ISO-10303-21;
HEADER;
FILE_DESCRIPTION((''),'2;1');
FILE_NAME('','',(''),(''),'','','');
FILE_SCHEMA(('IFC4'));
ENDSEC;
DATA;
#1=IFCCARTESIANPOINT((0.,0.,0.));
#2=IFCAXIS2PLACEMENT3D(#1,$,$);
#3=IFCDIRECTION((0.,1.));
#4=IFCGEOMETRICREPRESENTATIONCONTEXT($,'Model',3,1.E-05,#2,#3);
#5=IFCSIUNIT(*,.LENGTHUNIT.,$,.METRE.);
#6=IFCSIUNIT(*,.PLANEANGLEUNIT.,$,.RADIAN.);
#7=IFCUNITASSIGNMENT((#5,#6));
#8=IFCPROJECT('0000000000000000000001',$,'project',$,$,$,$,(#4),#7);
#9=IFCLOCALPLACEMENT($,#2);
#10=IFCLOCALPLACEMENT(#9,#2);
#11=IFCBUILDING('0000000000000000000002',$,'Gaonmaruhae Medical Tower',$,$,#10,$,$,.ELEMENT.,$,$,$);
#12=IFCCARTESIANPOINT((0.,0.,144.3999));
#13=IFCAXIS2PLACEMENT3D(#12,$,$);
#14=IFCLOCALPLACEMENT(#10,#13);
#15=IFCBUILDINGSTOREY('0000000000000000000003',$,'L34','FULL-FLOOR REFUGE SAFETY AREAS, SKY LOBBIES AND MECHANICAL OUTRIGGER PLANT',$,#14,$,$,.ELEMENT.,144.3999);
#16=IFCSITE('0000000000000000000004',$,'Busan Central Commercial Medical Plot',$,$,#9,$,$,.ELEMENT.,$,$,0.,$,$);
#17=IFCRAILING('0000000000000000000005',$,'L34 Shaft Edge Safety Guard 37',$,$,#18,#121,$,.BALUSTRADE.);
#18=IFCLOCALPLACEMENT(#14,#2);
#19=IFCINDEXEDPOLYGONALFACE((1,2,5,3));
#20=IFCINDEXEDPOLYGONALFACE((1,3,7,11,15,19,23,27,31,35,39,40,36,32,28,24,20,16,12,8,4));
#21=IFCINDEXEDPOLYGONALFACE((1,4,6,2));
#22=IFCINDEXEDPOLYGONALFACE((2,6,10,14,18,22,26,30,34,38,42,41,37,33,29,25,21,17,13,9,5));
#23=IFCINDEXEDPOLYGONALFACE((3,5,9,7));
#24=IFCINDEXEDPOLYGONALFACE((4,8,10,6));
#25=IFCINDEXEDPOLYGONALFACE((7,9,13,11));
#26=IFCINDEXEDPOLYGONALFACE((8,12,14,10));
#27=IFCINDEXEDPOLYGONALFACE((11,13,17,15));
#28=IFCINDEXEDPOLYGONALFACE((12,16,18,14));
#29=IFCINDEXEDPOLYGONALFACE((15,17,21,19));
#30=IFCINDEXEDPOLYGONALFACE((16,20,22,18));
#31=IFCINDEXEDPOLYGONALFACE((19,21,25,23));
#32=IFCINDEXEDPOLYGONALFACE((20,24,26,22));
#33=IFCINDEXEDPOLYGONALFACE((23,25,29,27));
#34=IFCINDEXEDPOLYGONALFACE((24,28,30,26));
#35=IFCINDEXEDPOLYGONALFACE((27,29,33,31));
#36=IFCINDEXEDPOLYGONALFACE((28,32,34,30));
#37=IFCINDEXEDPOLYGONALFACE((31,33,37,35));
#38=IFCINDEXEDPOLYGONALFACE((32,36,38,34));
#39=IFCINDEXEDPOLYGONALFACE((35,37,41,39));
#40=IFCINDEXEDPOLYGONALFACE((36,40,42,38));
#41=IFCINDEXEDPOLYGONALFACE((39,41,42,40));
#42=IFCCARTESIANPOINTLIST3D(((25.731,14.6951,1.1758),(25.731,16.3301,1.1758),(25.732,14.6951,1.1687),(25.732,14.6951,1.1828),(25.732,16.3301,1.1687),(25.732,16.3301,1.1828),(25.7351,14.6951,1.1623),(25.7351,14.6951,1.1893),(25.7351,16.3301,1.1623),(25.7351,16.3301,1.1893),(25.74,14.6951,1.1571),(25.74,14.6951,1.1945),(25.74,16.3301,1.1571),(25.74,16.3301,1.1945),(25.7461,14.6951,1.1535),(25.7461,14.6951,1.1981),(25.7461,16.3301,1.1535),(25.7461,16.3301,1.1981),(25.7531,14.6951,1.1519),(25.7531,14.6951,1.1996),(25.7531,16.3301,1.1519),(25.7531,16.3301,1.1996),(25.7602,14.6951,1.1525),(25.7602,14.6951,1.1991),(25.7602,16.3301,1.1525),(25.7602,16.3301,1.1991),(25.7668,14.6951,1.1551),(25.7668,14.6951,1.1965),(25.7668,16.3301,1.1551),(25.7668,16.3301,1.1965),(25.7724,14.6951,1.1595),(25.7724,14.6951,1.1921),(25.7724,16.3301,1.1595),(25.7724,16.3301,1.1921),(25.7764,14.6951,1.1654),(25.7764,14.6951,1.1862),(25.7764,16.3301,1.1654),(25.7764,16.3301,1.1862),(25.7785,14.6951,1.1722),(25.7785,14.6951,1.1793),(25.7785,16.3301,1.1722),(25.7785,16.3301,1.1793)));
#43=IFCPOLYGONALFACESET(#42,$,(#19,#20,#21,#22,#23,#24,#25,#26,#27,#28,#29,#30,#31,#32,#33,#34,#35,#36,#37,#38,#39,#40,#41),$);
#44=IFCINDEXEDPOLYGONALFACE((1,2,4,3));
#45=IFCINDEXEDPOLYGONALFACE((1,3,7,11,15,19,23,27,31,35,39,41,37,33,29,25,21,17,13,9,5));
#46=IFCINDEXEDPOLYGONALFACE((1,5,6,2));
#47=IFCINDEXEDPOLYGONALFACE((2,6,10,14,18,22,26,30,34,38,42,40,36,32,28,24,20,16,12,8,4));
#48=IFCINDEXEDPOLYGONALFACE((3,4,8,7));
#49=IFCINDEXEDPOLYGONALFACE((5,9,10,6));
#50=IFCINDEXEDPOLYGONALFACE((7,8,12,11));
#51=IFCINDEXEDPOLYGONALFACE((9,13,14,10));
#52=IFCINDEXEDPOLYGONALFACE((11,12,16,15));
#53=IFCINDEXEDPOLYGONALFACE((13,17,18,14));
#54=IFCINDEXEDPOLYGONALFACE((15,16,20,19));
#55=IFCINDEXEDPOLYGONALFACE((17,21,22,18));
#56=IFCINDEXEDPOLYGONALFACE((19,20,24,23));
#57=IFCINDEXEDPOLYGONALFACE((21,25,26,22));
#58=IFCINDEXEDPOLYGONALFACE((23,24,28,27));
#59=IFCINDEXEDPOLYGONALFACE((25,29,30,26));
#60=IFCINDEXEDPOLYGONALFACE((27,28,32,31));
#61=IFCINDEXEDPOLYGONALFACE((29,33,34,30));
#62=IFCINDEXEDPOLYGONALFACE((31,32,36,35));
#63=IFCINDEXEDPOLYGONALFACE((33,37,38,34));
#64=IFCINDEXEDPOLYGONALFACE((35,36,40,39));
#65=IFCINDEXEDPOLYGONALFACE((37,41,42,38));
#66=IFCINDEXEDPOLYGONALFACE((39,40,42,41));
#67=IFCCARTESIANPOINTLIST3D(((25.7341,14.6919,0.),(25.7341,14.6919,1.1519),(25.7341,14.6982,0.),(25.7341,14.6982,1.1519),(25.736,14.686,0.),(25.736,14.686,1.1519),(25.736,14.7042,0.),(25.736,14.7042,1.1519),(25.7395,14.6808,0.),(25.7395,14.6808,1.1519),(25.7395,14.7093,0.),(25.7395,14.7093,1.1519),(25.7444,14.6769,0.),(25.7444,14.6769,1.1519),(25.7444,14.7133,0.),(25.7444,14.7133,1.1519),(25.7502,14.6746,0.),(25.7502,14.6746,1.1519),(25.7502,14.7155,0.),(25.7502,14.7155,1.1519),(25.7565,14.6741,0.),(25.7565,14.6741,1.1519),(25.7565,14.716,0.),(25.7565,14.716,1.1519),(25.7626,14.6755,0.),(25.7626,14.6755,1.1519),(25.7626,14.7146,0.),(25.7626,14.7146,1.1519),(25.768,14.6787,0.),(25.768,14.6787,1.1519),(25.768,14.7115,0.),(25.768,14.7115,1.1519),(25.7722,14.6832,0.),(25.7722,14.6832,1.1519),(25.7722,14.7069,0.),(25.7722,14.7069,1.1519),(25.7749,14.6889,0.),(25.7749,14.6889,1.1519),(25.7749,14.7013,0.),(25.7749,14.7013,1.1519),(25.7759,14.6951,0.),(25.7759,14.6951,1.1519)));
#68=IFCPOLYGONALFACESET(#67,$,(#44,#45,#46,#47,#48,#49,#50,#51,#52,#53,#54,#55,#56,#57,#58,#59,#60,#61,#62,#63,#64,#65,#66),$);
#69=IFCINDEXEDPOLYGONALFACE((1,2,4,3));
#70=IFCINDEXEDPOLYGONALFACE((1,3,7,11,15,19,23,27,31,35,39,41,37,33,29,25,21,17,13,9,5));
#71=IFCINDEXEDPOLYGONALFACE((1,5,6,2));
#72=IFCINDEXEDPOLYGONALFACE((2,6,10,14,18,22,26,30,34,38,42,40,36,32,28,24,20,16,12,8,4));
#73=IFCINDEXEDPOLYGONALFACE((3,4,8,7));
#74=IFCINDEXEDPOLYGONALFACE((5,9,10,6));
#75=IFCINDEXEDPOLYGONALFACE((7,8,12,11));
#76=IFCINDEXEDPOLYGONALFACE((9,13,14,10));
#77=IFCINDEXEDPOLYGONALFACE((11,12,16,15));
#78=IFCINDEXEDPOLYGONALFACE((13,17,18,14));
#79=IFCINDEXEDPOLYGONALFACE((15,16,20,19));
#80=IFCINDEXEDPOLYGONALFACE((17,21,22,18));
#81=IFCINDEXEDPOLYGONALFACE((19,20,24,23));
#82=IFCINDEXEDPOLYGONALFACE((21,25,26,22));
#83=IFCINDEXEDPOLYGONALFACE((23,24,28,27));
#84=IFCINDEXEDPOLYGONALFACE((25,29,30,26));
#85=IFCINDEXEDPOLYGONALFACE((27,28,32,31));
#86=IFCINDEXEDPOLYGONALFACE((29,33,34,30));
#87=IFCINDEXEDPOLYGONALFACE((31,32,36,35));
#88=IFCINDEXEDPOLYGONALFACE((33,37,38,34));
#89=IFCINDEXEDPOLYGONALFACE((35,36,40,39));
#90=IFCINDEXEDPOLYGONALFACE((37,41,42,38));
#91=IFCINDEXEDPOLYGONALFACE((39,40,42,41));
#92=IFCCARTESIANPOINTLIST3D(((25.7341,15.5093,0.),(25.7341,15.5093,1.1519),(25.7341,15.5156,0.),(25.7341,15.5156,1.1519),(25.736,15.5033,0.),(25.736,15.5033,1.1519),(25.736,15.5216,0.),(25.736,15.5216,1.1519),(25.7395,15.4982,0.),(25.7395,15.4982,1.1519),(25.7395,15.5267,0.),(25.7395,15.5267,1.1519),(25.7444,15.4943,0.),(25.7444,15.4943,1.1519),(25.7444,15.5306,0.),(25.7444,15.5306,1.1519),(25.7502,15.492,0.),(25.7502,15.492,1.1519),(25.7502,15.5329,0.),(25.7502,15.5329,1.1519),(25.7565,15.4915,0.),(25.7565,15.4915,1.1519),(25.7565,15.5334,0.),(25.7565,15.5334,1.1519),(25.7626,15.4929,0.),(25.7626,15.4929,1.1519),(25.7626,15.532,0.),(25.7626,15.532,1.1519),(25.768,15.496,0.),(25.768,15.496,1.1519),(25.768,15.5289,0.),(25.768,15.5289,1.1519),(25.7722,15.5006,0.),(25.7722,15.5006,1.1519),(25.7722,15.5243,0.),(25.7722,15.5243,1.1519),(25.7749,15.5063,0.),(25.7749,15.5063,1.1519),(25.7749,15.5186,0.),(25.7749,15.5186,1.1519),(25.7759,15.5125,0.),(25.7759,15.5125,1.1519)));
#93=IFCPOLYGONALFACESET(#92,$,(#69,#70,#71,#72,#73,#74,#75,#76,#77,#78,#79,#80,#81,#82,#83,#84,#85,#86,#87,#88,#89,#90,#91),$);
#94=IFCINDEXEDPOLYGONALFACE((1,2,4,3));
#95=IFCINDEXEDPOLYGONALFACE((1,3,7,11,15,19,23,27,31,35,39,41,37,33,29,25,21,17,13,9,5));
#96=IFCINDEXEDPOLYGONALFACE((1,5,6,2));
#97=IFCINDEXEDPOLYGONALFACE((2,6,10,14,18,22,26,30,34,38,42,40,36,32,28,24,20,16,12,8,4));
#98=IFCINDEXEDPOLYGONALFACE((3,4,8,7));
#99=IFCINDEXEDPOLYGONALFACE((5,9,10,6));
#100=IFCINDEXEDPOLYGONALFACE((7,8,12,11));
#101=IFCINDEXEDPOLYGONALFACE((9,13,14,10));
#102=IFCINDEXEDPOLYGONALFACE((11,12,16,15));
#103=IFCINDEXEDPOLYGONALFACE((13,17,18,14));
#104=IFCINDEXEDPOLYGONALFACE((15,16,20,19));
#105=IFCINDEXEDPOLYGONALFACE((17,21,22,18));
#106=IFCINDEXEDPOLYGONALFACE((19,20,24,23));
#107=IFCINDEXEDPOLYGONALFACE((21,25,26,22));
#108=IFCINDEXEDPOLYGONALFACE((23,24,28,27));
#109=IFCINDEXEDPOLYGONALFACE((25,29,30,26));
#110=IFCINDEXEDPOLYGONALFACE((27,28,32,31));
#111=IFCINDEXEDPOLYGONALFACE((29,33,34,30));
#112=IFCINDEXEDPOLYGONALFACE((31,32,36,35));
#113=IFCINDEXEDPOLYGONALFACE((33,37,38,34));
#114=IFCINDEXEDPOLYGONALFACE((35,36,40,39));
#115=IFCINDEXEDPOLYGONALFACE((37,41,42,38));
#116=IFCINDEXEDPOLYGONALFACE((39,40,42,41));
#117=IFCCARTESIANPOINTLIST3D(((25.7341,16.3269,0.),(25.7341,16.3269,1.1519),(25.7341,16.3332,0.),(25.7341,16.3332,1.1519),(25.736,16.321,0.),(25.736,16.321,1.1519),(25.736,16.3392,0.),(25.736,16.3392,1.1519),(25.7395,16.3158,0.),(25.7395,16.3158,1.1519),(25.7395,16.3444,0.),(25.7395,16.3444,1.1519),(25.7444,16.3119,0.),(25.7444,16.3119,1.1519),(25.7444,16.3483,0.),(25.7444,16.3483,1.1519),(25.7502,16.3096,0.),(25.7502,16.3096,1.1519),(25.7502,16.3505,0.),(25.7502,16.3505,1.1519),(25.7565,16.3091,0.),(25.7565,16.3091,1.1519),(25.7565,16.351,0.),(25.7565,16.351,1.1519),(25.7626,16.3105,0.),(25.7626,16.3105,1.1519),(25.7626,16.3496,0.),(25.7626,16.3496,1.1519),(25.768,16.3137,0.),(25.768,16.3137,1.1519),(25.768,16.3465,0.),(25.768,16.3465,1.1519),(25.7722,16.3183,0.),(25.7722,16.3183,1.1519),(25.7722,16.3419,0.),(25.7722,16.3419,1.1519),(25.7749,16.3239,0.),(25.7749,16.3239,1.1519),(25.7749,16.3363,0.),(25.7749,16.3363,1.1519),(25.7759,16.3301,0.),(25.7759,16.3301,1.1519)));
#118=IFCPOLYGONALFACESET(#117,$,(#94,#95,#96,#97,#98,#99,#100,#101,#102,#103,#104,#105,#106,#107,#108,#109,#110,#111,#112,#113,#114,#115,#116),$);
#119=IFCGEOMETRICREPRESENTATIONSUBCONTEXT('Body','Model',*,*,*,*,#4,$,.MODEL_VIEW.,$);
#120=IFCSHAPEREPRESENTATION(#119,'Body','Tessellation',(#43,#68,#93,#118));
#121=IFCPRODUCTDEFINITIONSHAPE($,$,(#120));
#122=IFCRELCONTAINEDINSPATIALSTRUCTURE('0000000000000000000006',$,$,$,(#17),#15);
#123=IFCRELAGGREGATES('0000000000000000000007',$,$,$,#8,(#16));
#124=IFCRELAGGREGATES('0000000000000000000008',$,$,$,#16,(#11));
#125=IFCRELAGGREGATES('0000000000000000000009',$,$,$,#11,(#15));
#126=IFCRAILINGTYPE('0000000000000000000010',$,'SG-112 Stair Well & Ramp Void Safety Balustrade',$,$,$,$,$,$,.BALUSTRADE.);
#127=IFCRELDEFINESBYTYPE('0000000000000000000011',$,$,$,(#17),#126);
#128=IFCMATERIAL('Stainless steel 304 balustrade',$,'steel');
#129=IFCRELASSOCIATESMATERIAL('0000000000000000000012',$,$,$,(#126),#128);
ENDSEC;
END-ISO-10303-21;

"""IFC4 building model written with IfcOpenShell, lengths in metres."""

from ifc_helpers import new_model, si_unit, direction, frame, origin, origin_2d, place, context, subcontext, project, spatial, circle, extrude, material, type_object, element, save


model = new_model("IFC4")

# Units and contexts
model_context = context("Model", 3, precision=1e-05, world=origin(), true_north=direction((0.0, 1.0)))
body_context = subcontext(model_context, "Body", "Model", "MODEL_VIEW")
ifc_project = project(units=[si_unit("LENGTHUNIT", "METRE"), si_unit("PLANEANGLEUNIT", "RADIAN")], contexts=[model_context])

# Site, building, storey
site_placement = place(None, origin())
site = spatial("IfcSite", under=ifc_project, at=site_placement, Name="Busan Central Commercial Medical Plot", CompositionType="ELEMENT", RefElevation=0.0)
building_placement = place(site_placement, origin())
building = spatial("IfcBuilding", under=site, at=building_placement, Name="Gaonmaruhae Medical Tower", CompositionType="ELEMENT")
storey_placement = place(building_placement, frame((0.0, 0.0, 144.3999)))
storey = spatial("IfcBuildingStorey", under=building, at=storey_placement, Name="L34", Description="FULL-FLOOR REFUGE SAFETY AREAS, SKY LOBBIES AND MECHANICAL OUTRIGGER PLANT", CompositionType="ELEMENT", Elevation=144.3999)

# Railing
ifc_material_1 = material(Name="Stainless steel 304 balustrade", Category="steel")
railing_type = type_object("IfcRailingType", Name="SG-112 Stair Well & Ramp Void Safety Balustrade", PredefinedType="BALUSTRADE", material=ifc_material_1)
railing_1_placement = place(storey_placement, frame((25.7549, 14.6951, 0.0)))
element("IfcRailing", 1, at=railing_1_placement, inside=storey, type_object=railing_type, Name="L34 Shaft Edge Safety Guard 37", PredefinedType="BALUSTRADE", context=body_context, shape_type="SweptSolid", body=[
    extrude(circle(Radius=0.0239, at=origin_2d()), frame((0.0, 0.0, 1.1758), z_axis=(0.0, 1.0, 0.0), x_axis=(-1.0, 0.0, 0.0)), (0.0, 0.0, 1.0), 1.635),
    extrude(circle(Radius=0.021, at=origin_2d()), origin(), (0.0, 0.0, 1.0), 1.1519),
    extrude(circle(Radius=0.021, at=origin_2d()), frame((0.0, 0.8174, 0.0)), (0.0, 0.0, 1.0), 1.1519),
    extrude(circle(Radius=0.021, at=origin_2d()), frame((0.0, 1.635, 0.0)), (0.0, 0.0, 1.0), 1.1519),
])

save(model, "model.ifc")
